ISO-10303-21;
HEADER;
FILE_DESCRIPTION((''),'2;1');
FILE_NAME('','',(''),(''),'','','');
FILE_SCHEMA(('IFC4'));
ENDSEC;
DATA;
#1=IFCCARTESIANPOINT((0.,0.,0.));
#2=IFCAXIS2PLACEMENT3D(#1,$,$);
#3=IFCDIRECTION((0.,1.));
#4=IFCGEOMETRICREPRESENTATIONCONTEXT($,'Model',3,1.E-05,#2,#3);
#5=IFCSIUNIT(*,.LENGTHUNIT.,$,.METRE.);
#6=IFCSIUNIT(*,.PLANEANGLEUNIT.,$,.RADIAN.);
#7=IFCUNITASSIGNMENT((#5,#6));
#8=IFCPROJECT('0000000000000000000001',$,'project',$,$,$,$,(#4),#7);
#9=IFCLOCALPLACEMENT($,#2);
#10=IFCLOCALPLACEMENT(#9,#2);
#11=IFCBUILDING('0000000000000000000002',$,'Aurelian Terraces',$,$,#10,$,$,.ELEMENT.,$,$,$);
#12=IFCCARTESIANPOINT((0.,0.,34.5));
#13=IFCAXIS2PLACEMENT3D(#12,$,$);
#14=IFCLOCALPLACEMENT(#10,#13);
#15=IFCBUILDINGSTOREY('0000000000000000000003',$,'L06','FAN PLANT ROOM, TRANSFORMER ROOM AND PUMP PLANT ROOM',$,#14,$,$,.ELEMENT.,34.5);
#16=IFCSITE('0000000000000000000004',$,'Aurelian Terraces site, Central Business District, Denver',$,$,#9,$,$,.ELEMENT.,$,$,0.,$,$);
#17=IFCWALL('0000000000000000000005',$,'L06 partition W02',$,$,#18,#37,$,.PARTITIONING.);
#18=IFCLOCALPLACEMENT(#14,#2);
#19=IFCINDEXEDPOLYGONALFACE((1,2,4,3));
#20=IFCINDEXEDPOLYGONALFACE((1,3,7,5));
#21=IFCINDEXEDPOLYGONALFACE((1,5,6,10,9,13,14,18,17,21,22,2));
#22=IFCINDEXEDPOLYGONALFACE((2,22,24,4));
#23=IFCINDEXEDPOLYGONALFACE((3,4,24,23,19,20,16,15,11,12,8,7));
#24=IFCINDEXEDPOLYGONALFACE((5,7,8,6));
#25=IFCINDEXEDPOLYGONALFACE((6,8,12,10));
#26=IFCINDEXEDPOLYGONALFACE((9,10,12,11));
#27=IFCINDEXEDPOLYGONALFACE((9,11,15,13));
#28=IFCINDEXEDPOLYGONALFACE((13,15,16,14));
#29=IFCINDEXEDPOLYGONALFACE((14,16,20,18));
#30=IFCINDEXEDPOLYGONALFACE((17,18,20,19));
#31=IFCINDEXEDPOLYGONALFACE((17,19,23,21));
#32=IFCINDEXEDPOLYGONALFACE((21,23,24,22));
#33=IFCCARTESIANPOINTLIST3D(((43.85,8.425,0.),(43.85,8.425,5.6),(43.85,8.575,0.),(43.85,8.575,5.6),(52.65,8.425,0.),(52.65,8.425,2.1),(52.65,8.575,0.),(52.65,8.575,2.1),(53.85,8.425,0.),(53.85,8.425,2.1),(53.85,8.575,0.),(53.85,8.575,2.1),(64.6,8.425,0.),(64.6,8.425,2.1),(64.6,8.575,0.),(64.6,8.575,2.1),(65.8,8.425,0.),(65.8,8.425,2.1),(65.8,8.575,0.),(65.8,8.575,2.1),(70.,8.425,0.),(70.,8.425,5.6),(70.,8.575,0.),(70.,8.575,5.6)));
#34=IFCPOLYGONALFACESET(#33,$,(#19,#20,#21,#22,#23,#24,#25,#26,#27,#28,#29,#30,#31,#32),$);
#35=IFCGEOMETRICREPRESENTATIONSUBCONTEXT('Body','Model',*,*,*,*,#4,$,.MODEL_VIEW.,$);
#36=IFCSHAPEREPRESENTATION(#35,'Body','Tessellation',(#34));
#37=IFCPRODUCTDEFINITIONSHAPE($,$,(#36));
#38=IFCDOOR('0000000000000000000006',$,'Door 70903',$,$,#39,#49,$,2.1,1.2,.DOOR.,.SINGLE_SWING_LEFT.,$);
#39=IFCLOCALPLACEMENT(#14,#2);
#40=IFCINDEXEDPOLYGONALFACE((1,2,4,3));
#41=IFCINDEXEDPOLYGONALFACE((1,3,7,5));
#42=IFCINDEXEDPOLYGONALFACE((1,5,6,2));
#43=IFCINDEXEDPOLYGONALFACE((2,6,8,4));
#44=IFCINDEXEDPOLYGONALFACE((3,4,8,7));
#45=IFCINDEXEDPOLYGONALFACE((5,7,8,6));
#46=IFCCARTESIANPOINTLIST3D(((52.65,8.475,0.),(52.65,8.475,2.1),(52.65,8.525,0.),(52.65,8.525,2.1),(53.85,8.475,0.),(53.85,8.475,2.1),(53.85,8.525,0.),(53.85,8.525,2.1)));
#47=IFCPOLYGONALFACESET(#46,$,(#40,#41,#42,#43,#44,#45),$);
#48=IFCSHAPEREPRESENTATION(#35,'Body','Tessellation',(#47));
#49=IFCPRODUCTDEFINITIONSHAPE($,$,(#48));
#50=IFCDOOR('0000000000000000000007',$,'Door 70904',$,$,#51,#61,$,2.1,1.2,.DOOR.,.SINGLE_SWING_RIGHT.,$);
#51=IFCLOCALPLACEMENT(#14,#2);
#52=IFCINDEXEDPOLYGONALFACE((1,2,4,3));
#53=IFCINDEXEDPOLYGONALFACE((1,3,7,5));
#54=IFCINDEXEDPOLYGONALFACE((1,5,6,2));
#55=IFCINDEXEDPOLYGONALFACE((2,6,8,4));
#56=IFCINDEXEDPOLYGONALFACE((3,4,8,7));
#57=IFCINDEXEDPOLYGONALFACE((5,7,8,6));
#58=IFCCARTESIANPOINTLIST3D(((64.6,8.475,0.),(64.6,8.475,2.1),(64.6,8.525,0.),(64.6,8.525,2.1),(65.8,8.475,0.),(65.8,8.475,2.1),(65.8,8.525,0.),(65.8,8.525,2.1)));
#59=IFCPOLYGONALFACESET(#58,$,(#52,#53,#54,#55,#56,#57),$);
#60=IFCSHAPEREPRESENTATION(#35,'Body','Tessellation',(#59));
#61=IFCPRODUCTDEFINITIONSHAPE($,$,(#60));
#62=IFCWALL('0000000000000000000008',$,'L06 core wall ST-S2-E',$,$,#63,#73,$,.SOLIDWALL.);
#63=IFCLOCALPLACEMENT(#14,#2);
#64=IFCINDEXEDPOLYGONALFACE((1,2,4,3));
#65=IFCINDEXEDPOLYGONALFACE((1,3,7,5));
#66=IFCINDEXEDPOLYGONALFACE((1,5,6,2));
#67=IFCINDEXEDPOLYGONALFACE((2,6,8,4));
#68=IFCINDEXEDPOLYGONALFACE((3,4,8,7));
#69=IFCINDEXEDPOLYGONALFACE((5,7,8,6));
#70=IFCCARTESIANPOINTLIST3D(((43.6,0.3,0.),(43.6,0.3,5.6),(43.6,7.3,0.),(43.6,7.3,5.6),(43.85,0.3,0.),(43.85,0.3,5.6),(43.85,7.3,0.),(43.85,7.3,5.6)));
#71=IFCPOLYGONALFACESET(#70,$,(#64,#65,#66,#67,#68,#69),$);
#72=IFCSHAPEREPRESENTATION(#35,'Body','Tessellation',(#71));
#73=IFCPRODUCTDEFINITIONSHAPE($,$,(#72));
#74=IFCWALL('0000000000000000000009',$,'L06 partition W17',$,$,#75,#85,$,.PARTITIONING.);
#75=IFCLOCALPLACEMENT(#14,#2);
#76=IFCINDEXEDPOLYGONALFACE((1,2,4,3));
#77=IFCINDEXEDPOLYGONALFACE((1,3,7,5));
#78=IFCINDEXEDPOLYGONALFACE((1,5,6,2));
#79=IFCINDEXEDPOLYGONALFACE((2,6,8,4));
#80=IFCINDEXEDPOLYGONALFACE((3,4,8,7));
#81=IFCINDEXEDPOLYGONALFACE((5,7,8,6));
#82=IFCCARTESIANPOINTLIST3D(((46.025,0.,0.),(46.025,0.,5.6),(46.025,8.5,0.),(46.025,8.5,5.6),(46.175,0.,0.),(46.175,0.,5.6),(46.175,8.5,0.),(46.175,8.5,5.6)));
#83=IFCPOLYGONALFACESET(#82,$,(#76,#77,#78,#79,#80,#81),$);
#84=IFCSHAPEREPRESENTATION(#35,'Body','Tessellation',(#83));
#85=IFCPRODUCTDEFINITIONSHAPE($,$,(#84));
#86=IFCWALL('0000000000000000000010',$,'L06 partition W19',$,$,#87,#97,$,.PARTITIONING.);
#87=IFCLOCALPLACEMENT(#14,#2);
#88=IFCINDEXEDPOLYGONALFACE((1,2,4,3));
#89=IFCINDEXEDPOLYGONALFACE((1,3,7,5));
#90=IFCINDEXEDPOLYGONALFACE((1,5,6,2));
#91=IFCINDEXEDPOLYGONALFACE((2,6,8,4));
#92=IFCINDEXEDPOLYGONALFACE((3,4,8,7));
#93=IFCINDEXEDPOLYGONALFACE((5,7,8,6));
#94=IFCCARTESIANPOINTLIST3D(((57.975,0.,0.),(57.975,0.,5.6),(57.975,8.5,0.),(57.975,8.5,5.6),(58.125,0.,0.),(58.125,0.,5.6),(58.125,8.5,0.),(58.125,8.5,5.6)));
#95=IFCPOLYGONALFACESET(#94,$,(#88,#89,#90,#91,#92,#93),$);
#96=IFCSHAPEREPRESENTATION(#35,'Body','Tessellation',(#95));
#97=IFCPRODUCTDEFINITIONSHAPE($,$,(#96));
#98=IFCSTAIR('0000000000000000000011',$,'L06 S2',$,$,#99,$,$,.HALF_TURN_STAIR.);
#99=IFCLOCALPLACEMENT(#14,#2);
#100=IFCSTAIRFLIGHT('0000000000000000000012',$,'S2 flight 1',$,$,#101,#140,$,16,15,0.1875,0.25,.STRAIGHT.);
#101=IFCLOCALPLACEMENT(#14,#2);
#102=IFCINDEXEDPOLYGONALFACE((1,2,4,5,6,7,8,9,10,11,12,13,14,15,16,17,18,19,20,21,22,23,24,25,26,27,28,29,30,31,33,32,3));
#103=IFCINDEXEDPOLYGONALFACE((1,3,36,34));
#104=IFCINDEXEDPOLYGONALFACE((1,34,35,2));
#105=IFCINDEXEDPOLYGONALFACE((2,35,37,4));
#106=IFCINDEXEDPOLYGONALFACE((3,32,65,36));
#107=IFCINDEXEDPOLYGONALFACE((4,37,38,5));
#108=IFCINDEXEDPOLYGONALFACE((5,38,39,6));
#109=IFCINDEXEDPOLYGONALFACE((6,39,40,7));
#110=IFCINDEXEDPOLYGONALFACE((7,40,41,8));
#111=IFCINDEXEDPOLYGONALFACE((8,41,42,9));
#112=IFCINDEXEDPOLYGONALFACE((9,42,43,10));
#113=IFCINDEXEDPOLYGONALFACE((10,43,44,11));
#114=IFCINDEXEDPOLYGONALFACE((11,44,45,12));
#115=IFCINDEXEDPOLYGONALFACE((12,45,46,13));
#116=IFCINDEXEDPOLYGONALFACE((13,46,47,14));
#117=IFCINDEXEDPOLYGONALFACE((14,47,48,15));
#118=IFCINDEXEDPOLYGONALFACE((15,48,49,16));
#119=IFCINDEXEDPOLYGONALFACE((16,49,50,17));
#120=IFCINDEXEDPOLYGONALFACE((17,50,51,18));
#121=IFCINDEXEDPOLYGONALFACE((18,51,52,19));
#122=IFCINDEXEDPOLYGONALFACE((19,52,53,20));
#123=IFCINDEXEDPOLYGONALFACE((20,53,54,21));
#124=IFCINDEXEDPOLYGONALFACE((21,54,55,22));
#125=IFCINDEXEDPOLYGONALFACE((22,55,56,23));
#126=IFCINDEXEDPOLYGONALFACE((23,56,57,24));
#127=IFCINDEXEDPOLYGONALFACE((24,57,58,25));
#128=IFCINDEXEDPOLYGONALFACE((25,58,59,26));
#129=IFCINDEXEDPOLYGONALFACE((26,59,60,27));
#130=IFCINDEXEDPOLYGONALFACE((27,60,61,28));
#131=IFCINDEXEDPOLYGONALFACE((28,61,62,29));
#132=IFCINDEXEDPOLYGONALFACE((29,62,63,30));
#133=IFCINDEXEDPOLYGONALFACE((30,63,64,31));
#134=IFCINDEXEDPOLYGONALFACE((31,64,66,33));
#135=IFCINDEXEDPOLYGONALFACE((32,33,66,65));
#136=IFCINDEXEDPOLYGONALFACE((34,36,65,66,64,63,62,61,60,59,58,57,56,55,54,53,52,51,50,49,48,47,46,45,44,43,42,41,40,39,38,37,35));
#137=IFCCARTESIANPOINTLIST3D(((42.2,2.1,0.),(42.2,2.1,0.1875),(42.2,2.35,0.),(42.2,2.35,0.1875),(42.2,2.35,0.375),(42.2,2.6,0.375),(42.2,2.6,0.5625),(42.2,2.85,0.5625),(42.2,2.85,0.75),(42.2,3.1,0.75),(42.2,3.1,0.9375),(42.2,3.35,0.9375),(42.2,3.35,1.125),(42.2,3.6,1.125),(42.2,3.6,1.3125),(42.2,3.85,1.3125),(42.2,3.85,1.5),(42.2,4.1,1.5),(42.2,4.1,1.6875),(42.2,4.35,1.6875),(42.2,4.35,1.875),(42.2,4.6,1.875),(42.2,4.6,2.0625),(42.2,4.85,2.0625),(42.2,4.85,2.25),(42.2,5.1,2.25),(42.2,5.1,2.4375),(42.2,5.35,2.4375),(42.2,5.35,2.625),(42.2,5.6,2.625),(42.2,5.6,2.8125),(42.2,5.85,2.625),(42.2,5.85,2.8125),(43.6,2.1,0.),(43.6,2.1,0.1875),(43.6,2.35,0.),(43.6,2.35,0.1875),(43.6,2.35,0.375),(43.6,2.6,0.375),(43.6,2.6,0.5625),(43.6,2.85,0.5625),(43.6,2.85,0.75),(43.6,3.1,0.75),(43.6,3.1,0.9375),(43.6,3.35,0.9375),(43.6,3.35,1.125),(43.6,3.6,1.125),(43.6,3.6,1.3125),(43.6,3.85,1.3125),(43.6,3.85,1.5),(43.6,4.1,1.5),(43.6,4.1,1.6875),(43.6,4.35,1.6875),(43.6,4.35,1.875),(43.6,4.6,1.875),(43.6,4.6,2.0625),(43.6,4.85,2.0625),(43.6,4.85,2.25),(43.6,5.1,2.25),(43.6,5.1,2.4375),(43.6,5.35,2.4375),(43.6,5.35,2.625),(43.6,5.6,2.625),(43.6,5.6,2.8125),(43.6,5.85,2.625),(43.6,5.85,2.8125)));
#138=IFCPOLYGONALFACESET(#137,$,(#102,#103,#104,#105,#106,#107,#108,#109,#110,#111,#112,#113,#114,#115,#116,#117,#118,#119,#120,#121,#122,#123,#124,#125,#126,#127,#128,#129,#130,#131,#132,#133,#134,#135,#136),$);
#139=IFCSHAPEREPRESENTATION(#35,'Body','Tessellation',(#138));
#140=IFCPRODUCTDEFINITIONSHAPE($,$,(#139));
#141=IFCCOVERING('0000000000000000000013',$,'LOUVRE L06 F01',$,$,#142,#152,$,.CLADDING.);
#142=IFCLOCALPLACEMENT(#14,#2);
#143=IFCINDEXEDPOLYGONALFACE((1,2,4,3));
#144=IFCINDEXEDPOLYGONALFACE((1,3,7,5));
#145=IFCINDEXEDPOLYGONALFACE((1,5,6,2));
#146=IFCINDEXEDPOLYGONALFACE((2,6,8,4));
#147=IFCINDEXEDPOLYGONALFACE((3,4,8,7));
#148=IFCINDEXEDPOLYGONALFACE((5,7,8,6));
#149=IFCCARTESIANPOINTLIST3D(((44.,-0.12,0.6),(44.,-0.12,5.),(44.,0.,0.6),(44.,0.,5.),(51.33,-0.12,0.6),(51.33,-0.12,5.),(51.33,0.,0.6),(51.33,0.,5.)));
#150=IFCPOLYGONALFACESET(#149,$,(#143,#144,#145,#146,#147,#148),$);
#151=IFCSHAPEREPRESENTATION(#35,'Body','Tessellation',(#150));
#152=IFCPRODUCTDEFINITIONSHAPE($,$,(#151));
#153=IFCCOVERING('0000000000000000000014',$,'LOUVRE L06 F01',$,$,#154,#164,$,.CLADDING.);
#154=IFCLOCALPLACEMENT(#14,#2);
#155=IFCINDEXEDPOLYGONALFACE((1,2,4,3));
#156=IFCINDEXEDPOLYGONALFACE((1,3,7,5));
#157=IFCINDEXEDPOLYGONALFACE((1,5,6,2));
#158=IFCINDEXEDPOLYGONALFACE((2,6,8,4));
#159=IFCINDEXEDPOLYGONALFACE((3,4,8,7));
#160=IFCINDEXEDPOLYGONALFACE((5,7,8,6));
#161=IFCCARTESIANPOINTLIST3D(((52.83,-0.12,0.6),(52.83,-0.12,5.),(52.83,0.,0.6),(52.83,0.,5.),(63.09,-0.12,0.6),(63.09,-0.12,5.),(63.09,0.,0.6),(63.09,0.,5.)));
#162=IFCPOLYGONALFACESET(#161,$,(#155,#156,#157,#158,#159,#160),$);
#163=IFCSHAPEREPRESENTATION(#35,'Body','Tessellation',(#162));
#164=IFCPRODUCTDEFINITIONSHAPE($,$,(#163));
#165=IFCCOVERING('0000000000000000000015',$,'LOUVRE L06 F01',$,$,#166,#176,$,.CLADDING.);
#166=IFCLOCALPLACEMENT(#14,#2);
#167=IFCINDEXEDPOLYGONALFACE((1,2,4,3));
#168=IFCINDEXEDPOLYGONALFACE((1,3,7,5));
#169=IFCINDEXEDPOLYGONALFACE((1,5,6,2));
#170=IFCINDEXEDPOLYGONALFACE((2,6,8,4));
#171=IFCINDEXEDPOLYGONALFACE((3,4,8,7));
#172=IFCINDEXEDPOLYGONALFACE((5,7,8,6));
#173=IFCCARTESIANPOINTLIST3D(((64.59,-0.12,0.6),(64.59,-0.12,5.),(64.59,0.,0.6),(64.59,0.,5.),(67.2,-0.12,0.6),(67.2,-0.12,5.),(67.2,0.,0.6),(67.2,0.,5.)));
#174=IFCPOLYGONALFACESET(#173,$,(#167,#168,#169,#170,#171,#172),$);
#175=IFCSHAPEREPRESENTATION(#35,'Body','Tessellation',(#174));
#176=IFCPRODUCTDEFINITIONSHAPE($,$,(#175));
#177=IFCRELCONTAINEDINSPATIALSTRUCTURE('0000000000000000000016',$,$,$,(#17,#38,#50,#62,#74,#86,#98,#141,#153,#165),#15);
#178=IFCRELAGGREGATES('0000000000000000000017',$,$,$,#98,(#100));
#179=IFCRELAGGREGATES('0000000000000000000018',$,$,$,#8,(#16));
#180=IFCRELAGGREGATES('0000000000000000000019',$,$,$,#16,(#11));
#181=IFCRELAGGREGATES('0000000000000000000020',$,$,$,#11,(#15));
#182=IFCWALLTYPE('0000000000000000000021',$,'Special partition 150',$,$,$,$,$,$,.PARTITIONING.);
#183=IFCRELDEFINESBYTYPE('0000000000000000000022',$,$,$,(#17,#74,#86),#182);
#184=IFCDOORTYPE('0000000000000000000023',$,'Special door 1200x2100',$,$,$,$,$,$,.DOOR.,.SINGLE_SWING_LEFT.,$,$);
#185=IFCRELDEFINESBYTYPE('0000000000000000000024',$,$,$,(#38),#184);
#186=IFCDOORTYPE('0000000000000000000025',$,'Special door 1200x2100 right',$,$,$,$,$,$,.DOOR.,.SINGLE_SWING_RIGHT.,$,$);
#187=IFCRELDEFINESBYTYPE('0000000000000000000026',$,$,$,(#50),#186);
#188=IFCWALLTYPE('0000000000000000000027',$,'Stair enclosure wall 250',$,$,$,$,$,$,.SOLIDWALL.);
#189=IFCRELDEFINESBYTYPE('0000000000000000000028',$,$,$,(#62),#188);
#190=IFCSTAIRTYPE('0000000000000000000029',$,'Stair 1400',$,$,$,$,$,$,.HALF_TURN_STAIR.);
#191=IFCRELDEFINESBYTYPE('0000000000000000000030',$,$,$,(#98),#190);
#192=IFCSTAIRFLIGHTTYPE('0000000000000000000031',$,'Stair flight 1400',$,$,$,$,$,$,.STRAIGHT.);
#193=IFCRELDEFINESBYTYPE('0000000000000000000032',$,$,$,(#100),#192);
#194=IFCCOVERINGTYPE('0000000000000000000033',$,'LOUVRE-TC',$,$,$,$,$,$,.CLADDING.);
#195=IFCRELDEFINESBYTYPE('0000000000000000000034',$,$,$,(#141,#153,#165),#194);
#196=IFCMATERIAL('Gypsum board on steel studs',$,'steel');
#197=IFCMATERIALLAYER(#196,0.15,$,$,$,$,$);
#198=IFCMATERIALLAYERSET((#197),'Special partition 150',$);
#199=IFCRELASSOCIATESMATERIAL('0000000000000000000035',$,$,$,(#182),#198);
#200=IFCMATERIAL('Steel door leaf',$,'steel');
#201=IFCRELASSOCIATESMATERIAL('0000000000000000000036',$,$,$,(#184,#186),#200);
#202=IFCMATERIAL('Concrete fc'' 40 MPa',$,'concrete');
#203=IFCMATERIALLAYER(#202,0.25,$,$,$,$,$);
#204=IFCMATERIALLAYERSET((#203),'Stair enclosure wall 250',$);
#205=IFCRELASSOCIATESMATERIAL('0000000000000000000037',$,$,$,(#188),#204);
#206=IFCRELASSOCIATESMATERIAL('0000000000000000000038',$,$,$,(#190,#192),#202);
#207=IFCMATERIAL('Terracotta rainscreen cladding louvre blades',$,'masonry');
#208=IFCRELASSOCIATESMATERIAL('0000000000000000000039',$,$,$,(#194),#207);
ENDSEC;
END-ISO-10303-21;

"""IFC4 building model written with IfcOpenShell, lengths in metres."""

from ifc_helpers import new_model, si_unit, direction, frame, frame_2d, origin, origin_2d, place, context, subcontext, project, spatial, polyline, rectangle, outline, extrude, source, transform, mapped, material, layer, layer_set, type_object, element, fill, aggregate, save


model = new_model("IFC4")

# Units and contexts
model_context = context("Model", 3, precision=1e-05, world=origin(), true_north=direction((0.0, 1.0)))
body_context = subcontext(model_context, "Body", "Model", "MODEL_VIEW")
ifc_project = project(units=[si_unit("LENGTHUNIT", "METRE"), si_unit("PLANEANGLEUNIT", "RADIAN")], contexts=[model_context])

# Site, building, storey
site_placement = place(None, origin())
site = spatial("IfcSite", under=ifc_project, at=site_placement, Name="Aurelian Terraces site, Central Business District, Denver", CompositionType="ELEMENT", RefElevation=0.0)
building_placement = place(site_placement, origin())
building = spatial("IfcBuilding", under=site, at=building_placement, Name="Aurelian Terraces", CompositionType="ELEMENT")
storey_placement = place(building_placement, frame((0.0, 0.0, 34.5)))
storey = spatial("IfcBuildingStorey", under=building, at=storey_placement, Name="L06", Description="FAN PLANT ROOM, TRANSFORMER ROOM AND PUMP PLANT ROOM", CompositionType="ELEMENT", Elevation=34.5)

# Shared definitions
ifc_material_1 = material(Name="Gypsum board on steel studs", Category="steel")

# Wall, openings, doors
ifc_layer_1 = layer(ifc_material_1, 0.15)
ifc_layer_set_1 = layer_set([ifc_layer_1], Name="Special partition 150")
wall_type_1 = type_object("IfcWallType", Name="Special partition 150", PredefinedType="PARTITIONING", material=ifc_layer_set_1)
wall_1_placement = place(storey_placement, frame((43.85, 8.5, 0.0), z_axis=(0.0, 0.0, 1.0), x_axis=(1.0, 0.0, 0.0)))
wall_1 = element("IfcWall", 1, at=wall_1_placement, inside=storey, type_object=wall_type_1, Name="L06 partition W02", PredefinedType="PARTITIONING", context=body_context, shape_type="SweptSolid", body=[
    extrude(rectangle(XDim=26.15, YDim=0.15, at=frame_2d((13.075, 0.0))), origin(), (0.0, 0.0, 1.0), 5.6),
])
shared_shape_1 = source(origin(), body_context, "Body", "SweptSolid", [
    extrude(rectangle(XDim=1.2, YDim=2.1, at=frame_2d((0.6, 1.05))), frame((0.0, 0.085, 0.0), z_axis=(0.0, -1.0, 0.0), x_axis=(1.0, 0.0, 0.0)), (0.0, 0.0, 1.0), 0.17),
])
opening_1_placement = place(wall_1_placement, frame((8.8, 0.0, 0.0)))
opening_1 = element("IfcOpeningElement", 2, at=opening_1_placement, cuts=wall_1, PredefinedType="OPENING", context=body_context, shape_type="MappedRepresentation", body=[
    mapped(shared_shape_1, transform((0.0, 0.0, 0.0), scale=1.0)),
])
opening_2_placement = place(wall_1_placement, frame((20.75, 0.0, 0.0)))
opening_2 = element("IfcOpeningElement", 3, at=opening_2_placement, cuts=wall_1, PredefinedType="OPENING", context=body_context, shape_type="MappedRepresentation", body=[
    mapped(shared_shape_1, transform((0.0, 0.0, 0.0), scale=1.0)),
])
ifc_material_2 = material(Name="Steel door leaf", Category="steel")
door_type_1 = type_object("IfcDoorType", Name="Special door 1200x2100", OperationType="SINGLE_SWING_LEFT", PredefinedType="DOOR", material=ifc_material_2)
shared_shape_2 = source(origin(), body_context, "Body", "SweptSolid", [
    extrude(rectangle(XDim=1.2, YDim=2.1, at=frame_2d((0.6, 1.05))), frame((0.0, 0.025, 0.0), z_axis=(0.0, -1.0, 0.0), x_axis=(1.0, 0.0, 0.0)), (0.0, 0.0, 1.0), 0.05),
])
door_1_placement = place(opening_1_placement, origin())
door_1 = element("IfcDoor", 4, at=door_1_placement, inside=storey, type_object=door_type_1, Name="Door 70903", OperationType="SINGLE_SWING_LEFT", OverallHeight=2.1, OverallWidth=1.2, PredefinedType="DOOR", context=body_context, shape_type="MappedRepresentation", body=[
    mapped(shared_shape_2, transform((0.0, 0.0, 0.0), scale=1.0)),
])
fill(opening_1, door_1)
door_type_2 = type_object("IfcDoorType", Name="Special door 1200x2100 right", OperationType="SINGLE_SWING_RIGHT", PredefinedType="DOOR", material=ifc_material_2)
door_2_placement = place(opening_2_placement, origin())
door_2 = element("IfcDoor", 5, at=door_2_placement, inside=storey, type_object=door_type_2, Name="Door 70904", OperationType="SINGLE_SWING_RIGHT", OverallHeight=2.1, OverallWidth=1.2, PredefinedType="DOOR", context=body_context, shape_type="MappedRepresentation", body=[
    mapped(shared_shape_2, transform((0.0, 0.0, 0.0), scale=1.0)),
])
fill(opening_2, door_2)

# Walls
ifc_material_3 = material(Name="Concrete fc' 40 MPa", Category="concrete")
ifc_layer_2 = layer(ifc_material_3, 0.25)
ifc_layer_set_2 = layer_set([ifc_layer_2], Name="Stair enclosure wall 250")
wall_type_2 = type_object("IfcWallType", Name="Stair enclosure wall 250", PredefinedType="SOLIDWALL", material=ifc_layer_set_2)
shared_shape_3 = source(origin(), body_context, "Body", "SweptSolid", [
    extrude(rectangle(XDim=7.0, YDim=0.25, at=frame_2d((3.5, 0.0))), origin(), (0.0, 0.0, 1.0), 5.6),
])
wall_2_placement = place(storey_placement, frame((43.725, 0.3, 0.0), z_axis=(0.0, 0.0, 1.0), x_axis=(0.0, 1.0, 0.0)))
element("IfcWall", 6, at=wall_2_placement, inside=storey, type_object=wall_type_2, Name="L06 core wall ST-S2-E", PredefinedType="SOLIDWALL", context=body_context, shape_type="MappedRepresentation", body=[
    mapped(shared_shape_3, transform((0.0, 0.0, 0.0), scale=1.0)),
])
shared_shape_4 = source(origin(), body_context, "Body", "SweptSolid", [
    extrude(rectangle(XDim=8.5, YDim=0.15, at=frame_2d((4.25, 0.0))), origin(), (0.0, 0.0, 1.0), 5.6),
])
for number, where, z_axis, x_axis, name in (
    (7, (46.1, 0.0, 0.0), (0.0, 0.0, 1.0), (0.0, 1.0, 0.0), "L06 partition W17"),
    (8, (58.05, 0.0, 0.0), (0.0, 0.0, 1.0), (0.0, 1.0, 0.0), "L06 partition W19"),
):
    element("IfcWall", number, at=place(storey_placement, frame(where, z_axis=z_axis, x_axis=x_axis)), inside=storey, type_object=wall_type_1, Name=name, PredefinedType="PARTITIONING", context=body_context, shape_type="MappedRepresentation", body=[
        mapped(shared_shape_4, transform((0.0, 0.0, 0.0), scale=1.0)),
    ])

# Stair, stair flight
stair_type = type_object("IfcStairType", Name="Stair 1400", PredefinedType="HALF_TURN_STAIR", material=ifc_material_3)
stair_placement = place(storey_placement, origin())
stair = element("IfcStair", 9, at=stair_placement, inside=storey, type_object=stair_type, Name="L06 S2", PredefinedType="HALF_TURN_STAIR")
stair_flight_type = type_object("IfcStairFlightType", Name="Stair flight 1400", PredefinedType="STRAIGHT", material=ifc_material_3)
shared_shape_5 = source(origin(), body_context, "Body", "SweptSolid", [
    extrude(outline(polyline([(0.0, 0.0), (0.0, 0.1875), (0.25, 0.1875), (0.25, 0.375), (0.5, 0.375), (0.5, 0.5625), (0.75, 0.5625), (0.75, 0.75), (1.0, 0.75), (1.0, 0.9375), (1.25, 0.9375), (1.25, 1.125), (1.5, 1.125), (1.5, 1.3125), (1.75, 1.3125), (1.75, 1.5), (2.0, 1.5), (2.0, 1.6875), (2.25, 1.6875), (2.25, 1.875), (2.5, 1.875), (2.5, 2.0625), (2.75, 2.0625), (2.75, 2.25), (3.0, 2.25), (3.0, 2.4375), (3.25, 2.4375), (3.25, 2.625), (3.5, 2.625), (3.5, 2.8125), (3.75, 2.8125), (3.75, 3.0), (3.75, 2.625), (0.25, 0.0), (0.0, 0.0)])), frame((0.0, 0.7, 0.0), z_axis=(0.0, -1.0, 0.0), x_axis=(1.0, 0.0, 0.0)), (0.0, 0.0, 1.0), 1.4),
])
stair_flight_placement = place(storey_placement, frame((42.9, 2.1, 0.0), z_axis=(0.0, 0.0, 1.0), x_axis=(0.0, 1.0, 0.0)))
stair_flight = element("IfcStairFlight", 10, at=stair_flight_placement, type_object=stair_flight_type, Name="S2 flight 1", NumberOfRisers=16, NumberOfTreads=15, PredefinedType="STRAIGHT", RiserHeight=0.1875, TreadLength=0.25, context=body_context, shape_type="MappedRepresentation", body=[
    mapped(shared_shape_5, transform((0.0, 0.0, 0.0), scale=1.0)),
])
aggregate(stair, [stair_flight])

# Coverings
ifc_material_4 = material(Name="Terracotta rainscreen cladding louvre blades", Category="masonry")
covering_type = type_object("IfcCoveringType", Name="LOUVRE-TC", PredefinedType="CLADDING", material=ifc_material_4)
covering_1_placement = place(storey_placement, frame((47.665, -0.06, 0.6), z_axis=(0.0, 0.0, 1.0), x_axis=(1.0, 0.0, 0.0)))
element("IfcCovering", 11, at=covering_1_placement, inside=storey, type_object=covering_type, Name="LOUVRE L06 F01", PredefinedType="CLADDING", context=body_context, shape_type="SweptSolid", body=[
    extrude(rectangle(XDim=7.33, YDim=0.12, at=origin_2d()), origin(), (0.0, 0.0, 1.0), 4.4),
])
covering_2_placement = place(storey_placement, frame((57.96, -0.06, 0.6), z_axis=(0.0, 0.0, 1.0), x_axis=(1.0, 0.0, 0.0)))
element("IfcCovering", 12, at=covering_2_placement, inside=storey, type_object=covering_type, Name="LOUVRE L06 F01", PredefinedType="CLADDING", context=body_context, shape_type="SweptSolid", body=[
    extrude(rectangle(XDim=10.26, YDim=0.12, at=origin_2d()), origin(), (0.0, 0.0, 1.0), 4.4),
])
covering_3_placement = place(storey_placement, frame((65.895, -0.06, 0.6), z_axis=(0.0, 0.0, 1.0), x_axis=(1.0, 0.0, 0.0)))
element("IfcCovering", 13, at=covering_3_placement, inside=storey, type_object=covering_type, Name="LOUVRE L06 F01", PredefinedType="CLADDING", context=body_context, shape_type="SweptSolid", body=[
    extrude(rectangle(XDim=2.61, YDim=0.12, at=origin_2d()), origin(), (0.0, 0.0, 1.0), 4.4),
])

save(model, "model.ifc")
